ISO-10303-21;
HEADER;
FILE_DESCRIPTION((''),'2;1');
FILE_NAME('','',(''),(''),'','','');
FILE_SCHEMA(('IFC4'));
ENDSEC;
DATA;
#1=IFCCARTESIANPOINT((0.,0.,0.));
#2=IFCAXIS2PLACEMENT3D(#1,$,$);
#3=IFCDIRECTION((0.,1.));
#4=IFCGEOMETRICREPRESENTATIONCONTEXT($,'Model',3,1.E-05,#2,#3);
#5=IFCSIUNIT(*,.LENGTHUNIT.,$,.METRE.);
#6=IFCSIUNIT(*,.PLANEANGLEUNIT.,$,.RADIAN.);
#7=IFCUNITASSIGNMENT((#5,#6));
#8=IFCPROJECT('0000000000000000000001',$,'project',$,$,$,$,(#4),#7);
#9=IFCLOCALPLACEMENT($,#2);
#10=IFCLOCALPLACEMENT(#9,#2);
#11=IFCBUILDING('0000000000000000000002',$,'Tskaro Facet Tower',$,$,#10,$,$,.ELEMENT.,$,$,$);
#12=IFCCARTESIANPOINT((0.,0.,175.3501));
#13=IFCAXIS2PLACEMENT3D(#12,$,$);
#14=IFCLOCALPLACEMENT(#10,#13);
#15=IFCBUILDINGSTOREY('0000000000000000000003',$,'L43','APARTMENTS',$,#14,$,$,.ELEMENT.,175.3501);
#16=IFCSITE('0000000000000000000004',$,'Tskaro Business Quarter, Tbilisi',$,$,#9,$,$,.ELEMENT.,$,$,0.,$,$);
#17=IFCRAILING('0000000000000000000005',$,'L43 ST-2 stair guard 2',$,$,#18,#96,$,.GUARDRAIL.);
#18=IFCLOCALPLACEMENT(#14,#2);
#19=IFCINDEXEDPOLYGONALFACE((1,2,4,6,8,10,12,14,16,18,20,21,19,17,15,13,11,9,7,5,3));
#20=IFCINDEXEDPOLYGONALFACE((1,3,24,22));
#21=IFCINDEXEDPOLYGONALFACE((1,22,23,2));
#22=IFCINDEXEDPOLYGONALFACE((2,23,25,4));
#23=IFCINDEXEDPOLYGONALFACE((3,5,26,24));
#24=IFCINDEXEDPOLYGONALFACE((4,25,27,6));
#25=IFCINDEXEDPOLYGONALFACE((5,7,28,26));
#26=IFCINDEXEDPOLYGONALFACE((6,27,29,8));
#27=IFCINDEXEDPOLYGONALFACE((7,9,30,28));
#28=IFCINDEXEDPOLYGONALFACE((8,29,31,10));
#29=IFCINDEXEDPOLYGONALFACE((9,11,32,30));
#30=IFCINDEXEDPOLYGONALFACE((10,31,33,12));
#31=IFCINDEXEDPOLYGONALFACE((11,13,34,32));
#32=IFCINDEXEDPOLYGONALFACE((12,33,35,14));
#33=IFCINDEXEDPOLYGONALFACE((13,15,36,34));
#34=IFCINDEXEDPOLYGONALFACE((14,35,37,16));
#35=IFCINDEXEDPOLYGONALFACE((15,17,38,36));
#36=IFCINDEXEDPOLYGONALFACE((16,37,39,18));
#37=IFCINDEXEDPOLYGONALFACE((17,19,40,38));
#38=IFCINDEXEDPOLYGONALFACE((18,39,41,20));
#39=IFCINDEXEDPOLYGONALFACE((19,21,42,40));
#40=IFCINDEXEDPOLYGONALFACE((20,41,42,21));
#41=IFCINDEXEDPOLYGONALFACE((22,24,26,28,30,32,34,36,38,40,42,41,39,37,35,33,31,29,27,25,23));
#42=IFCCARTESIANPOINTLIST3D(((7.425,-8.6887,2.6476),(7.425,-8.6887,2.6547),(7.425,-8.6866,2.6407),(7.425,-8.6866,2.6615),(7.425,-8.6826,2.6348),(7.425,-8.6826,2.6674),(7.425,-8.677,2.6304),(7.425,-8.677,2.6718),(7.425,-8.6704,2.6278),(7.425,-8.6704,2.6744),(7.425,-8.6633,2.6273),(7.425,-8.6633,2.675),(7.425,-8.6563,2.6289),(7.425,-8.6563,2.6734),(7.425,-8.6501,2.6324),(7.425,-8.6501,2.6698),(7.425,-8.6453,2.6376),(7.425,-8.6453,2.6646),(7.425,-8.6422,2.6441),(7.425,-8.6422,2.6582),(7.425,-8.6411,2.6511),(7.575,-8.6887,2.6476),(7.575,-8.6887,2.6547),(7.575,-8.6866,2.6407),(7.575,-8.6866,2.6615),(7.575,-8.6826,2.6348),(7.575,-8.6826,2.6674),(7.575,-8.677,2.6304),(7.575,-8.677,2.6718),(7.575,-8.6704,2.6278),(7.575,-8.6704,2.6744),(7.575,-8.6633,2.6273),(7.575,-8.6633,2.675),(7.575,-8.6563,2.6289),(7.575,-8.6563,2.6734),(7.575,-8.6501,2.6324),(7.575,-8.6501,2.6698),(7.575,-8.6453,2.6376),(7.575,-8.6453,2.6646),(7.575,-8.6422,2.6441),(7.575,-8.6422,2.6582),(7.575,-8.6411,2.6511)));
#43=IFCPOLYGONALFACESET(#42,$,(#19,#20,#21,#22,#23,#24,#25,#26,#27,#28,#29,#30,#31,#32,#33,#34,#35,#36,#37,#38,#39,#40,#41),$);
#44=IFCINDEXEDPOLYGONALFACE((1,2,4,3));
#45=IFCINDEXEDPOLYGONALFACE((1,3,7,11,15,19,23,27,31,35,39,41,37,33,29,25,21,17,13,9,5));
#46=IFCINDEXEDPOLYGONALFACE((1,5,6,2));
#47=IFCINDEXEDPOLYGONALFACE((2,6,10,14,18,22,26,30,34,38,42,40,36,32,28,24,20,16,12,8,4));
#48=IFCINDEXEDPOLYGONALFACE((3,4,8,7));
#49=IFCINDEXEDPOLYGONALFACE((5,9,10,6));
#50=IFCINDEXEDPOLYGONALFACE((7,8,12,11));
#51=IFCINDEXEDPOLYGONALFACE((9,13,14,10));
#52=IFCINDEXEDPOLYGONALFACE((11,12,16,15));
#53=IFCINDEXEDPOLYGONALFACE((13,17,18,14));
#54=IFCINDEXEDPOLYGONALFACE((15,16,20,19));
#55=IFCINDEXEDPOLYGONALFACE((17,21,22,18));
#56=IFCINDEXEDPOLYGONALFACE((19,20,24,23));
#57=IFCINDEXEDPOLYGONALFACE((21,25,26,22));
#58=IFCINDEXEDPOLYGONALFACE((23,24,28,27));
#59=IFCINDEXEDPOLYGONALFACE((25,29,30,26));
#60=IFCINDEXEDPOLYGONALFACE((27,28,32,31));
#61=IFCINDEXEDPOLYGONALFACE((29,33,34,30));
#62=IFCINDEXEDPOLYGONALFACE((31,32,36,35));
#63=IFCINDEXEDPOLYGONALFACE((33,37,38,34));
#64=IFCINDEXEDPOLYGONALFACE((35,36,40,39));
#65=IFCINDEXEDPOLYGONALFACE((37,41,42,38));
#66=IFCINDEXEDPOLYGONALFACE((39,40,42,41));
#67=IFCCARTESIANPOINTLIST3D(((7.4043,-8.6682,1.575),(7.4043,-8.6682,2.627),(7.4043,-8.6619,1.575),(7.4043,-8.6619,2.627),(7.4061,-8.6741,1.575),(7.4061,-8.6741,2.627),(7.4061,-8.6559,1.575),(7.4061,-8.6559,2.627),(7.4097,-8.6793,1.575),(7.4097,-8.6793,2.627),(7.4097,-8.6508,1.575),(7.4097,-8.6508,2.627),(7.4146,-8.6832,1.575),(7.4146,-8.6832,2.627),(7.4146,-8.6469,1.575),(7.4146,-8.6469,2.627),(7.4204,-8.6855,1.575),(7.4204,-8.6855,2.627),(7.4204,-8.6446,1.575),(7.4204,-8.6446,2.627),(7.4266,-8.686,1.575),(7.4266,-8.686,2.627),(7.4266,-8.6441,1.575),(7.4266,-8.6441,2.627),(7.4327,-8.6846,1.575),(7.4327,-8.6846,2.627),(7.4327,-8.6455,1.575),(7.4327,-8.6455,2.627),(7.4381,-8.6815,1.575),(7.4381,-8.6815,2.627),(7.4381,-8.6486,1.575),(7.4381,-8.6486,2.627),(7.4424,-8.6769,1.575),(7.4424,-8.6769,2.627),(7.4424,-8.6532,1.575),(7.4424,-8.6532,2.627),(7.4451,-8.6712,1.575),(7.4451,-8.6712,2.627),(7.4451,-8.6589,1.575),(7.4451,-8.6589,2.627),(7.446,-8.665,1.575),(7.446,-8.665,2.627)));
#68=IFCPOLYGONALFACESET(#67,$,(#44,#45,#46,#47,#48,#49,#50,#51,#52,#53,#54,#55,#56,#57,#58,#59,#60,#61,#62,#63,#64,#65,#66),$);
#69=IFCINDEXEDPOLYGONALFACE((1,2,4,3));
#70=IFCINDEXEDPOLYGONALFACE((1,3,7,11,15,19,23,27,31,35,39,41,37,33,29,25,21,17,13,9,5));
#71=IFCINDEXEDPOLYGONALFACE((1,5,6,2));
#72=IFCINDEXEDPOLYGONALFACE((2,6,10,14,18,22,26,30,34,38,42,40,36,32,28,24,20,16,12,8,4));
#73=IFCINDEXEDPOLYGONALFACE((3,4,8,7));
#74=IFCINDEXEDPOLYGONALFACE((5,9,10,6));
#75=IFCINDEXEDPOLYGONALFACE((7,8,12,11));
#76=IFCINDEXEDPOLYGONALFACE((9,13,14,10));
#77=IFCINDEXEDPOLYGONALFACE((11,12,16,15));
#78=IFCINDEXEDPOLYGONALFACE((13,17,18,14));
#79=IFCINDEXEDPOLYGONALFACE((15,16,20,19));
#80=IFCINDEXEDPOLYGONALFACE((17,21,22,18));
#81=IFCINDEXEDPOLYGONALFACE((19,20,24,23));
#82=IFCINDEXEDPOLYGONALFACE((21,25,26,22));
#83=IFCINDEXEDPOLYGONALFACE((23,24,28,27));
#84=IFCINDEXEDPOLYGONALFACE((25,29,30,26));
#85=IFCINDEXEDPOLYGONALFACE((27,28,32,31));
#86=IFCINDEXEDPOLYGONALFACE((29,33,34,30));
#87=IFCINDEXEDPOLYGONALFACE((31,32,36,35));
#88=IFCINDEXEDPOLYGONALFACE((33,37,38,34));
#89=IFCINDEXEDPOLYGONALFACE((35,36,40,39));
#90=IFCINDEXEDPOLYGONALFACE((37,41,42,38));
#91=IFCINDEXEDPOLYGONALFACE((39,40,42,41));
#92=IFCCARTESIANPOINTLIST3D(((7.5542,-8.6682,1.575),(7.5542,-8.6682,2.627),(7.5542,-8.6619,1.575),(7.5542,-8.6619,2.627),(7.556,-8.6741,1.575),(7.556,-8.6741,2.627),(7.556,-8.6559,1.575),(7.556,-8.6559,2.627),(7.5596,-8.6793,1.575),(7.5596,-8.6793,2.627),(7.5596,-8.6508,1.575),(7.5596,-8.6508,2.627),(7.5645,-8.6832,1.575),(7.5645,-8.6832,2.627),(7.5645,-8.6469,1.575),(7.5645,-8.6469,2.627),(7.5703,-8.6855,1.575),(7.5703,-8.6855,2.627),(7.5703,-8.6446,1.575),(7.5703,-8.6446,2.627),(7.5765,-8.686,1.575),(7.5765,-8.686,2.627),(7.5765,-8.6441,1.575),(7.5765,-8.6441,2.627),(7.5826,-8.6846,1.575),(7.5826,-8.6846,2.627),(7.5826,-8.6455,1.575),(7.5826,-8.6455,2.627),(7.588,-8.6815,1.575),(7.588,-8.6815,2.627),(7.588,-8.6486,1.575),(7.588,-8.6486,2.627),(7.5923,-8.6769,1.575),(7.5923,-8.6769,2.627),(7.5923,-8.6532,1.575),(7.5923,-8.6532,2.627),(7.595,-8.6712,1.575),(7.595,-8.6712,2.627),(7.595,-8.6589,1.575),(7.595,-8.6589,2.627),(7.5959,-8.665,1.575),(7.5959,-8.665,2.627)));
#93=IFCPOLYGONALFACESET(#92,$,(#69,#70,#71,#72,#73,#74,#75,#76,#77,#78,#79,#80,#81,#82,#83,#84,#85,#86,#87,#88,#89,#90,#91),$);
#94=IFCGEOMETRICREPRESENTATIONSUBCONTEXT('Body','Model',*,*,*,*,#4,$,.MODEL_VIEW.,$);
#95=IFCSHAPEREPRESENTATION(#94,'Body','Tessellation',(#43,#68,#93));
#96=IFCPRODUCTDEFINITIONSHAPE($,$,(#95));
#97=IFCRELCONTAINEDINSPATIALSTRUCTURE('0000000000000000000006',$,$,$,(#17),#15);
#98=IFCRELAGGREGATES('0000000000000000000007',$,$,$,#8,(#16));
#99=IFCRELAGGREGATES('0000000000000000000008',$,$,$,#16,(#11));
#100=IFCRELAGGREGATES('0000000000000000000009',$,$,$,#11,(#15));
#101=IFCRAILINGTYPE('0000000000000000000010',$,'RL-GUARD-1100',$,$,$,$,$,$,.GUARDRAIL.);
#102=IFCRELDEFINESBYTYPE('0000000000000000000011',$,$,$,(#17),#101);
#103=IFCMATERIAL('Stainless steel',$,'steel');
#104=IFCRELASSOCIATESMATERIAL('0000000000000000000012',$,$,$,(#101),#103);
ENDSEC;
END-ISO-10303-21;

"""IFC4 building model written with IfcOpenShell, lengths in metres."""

from ifc_helpers import new_model, si_unit, direction, frame, origin, origin_2d, place, context, subcontext, project, spatial, circle, extrude, material, type_object, element, save


model = new_model("IFC4")

# Units and contexts
model_context = context("Model", 3, precision=1e-05, world=origin(), true_north=direction((0.0, 1.0)))
body_context = subcontext(model_context, "Body", "Model", "MODEL_VIEW")
ifc_project = project(units=[si_unit("LENGTHUNIT", "METRE"), si_unit("PLANEANGLEUNIT", "RADIAN")], contexts=[model_context])

# Site, building, storey
site_placement = place(None, origin())
site = spatial("IfcSite", under=ifc_project, at=site_placement, Name="Tskaro Business Quarter, Tbilisi", CompositionType="ELEMENT", RefElevation=0.0)
building_placement = place(site_placement, origin())
building = spatial("IfcBuilding", under=site, at=building_placement, Name="Tskaro Facet Tower", CompositionType="ELEMENT")
storey_placement = place(building_placement, frame((0.0, 0.0, 175.3501)))
storey = spatial("IfcBuildingStorey", under=building, at=storey_placement, Name="L43", Description="APARTMENTS", CompositionType="ELEMENT", Elevation=175.3501)

# Shared definitions
ifc_material_1 = material(Name="Stainless steel", Category="steel")

# Railing
railing_type_1 = type_object("IfcRailingType", Name="RL-GUARD-1100", PredefinedType="GUARDRAIL", material=ifc_material_1)
railing_1_placement = place(storey_placement, frame((7.425, -8.665, 1.575)))
element("IfcRailing", 1, at=railing_1_placement, inside=storey, type_object=railing_type_1, Name="L43 ST-2 stair guard 2", PredefinedType="GUARDRAIL", context=body_context, shape_type="SweptSolid", body=[
    extrude(circle(Radius=0.0239, at=origin_2d()), frame((0.0, 0.0, 1.0762), z_axis=(1.0, 0.0, 0.0), x_axis=(0.0, 1.0, 0.0)), (0.0, 0.0, 1.0), 0.1499),
    extrude(circle(Radius=0.021, at=origin_2d()), origin(), (0.0, 0.0, 1.0), 1.052),
    extrude(circle(Radius=0.021, at=origin_2d()), frame((0.1499, 0.0, 0.0)), (0.0, 0.0, 1.0), 1.052),
])

save(model, "model.ifc")
